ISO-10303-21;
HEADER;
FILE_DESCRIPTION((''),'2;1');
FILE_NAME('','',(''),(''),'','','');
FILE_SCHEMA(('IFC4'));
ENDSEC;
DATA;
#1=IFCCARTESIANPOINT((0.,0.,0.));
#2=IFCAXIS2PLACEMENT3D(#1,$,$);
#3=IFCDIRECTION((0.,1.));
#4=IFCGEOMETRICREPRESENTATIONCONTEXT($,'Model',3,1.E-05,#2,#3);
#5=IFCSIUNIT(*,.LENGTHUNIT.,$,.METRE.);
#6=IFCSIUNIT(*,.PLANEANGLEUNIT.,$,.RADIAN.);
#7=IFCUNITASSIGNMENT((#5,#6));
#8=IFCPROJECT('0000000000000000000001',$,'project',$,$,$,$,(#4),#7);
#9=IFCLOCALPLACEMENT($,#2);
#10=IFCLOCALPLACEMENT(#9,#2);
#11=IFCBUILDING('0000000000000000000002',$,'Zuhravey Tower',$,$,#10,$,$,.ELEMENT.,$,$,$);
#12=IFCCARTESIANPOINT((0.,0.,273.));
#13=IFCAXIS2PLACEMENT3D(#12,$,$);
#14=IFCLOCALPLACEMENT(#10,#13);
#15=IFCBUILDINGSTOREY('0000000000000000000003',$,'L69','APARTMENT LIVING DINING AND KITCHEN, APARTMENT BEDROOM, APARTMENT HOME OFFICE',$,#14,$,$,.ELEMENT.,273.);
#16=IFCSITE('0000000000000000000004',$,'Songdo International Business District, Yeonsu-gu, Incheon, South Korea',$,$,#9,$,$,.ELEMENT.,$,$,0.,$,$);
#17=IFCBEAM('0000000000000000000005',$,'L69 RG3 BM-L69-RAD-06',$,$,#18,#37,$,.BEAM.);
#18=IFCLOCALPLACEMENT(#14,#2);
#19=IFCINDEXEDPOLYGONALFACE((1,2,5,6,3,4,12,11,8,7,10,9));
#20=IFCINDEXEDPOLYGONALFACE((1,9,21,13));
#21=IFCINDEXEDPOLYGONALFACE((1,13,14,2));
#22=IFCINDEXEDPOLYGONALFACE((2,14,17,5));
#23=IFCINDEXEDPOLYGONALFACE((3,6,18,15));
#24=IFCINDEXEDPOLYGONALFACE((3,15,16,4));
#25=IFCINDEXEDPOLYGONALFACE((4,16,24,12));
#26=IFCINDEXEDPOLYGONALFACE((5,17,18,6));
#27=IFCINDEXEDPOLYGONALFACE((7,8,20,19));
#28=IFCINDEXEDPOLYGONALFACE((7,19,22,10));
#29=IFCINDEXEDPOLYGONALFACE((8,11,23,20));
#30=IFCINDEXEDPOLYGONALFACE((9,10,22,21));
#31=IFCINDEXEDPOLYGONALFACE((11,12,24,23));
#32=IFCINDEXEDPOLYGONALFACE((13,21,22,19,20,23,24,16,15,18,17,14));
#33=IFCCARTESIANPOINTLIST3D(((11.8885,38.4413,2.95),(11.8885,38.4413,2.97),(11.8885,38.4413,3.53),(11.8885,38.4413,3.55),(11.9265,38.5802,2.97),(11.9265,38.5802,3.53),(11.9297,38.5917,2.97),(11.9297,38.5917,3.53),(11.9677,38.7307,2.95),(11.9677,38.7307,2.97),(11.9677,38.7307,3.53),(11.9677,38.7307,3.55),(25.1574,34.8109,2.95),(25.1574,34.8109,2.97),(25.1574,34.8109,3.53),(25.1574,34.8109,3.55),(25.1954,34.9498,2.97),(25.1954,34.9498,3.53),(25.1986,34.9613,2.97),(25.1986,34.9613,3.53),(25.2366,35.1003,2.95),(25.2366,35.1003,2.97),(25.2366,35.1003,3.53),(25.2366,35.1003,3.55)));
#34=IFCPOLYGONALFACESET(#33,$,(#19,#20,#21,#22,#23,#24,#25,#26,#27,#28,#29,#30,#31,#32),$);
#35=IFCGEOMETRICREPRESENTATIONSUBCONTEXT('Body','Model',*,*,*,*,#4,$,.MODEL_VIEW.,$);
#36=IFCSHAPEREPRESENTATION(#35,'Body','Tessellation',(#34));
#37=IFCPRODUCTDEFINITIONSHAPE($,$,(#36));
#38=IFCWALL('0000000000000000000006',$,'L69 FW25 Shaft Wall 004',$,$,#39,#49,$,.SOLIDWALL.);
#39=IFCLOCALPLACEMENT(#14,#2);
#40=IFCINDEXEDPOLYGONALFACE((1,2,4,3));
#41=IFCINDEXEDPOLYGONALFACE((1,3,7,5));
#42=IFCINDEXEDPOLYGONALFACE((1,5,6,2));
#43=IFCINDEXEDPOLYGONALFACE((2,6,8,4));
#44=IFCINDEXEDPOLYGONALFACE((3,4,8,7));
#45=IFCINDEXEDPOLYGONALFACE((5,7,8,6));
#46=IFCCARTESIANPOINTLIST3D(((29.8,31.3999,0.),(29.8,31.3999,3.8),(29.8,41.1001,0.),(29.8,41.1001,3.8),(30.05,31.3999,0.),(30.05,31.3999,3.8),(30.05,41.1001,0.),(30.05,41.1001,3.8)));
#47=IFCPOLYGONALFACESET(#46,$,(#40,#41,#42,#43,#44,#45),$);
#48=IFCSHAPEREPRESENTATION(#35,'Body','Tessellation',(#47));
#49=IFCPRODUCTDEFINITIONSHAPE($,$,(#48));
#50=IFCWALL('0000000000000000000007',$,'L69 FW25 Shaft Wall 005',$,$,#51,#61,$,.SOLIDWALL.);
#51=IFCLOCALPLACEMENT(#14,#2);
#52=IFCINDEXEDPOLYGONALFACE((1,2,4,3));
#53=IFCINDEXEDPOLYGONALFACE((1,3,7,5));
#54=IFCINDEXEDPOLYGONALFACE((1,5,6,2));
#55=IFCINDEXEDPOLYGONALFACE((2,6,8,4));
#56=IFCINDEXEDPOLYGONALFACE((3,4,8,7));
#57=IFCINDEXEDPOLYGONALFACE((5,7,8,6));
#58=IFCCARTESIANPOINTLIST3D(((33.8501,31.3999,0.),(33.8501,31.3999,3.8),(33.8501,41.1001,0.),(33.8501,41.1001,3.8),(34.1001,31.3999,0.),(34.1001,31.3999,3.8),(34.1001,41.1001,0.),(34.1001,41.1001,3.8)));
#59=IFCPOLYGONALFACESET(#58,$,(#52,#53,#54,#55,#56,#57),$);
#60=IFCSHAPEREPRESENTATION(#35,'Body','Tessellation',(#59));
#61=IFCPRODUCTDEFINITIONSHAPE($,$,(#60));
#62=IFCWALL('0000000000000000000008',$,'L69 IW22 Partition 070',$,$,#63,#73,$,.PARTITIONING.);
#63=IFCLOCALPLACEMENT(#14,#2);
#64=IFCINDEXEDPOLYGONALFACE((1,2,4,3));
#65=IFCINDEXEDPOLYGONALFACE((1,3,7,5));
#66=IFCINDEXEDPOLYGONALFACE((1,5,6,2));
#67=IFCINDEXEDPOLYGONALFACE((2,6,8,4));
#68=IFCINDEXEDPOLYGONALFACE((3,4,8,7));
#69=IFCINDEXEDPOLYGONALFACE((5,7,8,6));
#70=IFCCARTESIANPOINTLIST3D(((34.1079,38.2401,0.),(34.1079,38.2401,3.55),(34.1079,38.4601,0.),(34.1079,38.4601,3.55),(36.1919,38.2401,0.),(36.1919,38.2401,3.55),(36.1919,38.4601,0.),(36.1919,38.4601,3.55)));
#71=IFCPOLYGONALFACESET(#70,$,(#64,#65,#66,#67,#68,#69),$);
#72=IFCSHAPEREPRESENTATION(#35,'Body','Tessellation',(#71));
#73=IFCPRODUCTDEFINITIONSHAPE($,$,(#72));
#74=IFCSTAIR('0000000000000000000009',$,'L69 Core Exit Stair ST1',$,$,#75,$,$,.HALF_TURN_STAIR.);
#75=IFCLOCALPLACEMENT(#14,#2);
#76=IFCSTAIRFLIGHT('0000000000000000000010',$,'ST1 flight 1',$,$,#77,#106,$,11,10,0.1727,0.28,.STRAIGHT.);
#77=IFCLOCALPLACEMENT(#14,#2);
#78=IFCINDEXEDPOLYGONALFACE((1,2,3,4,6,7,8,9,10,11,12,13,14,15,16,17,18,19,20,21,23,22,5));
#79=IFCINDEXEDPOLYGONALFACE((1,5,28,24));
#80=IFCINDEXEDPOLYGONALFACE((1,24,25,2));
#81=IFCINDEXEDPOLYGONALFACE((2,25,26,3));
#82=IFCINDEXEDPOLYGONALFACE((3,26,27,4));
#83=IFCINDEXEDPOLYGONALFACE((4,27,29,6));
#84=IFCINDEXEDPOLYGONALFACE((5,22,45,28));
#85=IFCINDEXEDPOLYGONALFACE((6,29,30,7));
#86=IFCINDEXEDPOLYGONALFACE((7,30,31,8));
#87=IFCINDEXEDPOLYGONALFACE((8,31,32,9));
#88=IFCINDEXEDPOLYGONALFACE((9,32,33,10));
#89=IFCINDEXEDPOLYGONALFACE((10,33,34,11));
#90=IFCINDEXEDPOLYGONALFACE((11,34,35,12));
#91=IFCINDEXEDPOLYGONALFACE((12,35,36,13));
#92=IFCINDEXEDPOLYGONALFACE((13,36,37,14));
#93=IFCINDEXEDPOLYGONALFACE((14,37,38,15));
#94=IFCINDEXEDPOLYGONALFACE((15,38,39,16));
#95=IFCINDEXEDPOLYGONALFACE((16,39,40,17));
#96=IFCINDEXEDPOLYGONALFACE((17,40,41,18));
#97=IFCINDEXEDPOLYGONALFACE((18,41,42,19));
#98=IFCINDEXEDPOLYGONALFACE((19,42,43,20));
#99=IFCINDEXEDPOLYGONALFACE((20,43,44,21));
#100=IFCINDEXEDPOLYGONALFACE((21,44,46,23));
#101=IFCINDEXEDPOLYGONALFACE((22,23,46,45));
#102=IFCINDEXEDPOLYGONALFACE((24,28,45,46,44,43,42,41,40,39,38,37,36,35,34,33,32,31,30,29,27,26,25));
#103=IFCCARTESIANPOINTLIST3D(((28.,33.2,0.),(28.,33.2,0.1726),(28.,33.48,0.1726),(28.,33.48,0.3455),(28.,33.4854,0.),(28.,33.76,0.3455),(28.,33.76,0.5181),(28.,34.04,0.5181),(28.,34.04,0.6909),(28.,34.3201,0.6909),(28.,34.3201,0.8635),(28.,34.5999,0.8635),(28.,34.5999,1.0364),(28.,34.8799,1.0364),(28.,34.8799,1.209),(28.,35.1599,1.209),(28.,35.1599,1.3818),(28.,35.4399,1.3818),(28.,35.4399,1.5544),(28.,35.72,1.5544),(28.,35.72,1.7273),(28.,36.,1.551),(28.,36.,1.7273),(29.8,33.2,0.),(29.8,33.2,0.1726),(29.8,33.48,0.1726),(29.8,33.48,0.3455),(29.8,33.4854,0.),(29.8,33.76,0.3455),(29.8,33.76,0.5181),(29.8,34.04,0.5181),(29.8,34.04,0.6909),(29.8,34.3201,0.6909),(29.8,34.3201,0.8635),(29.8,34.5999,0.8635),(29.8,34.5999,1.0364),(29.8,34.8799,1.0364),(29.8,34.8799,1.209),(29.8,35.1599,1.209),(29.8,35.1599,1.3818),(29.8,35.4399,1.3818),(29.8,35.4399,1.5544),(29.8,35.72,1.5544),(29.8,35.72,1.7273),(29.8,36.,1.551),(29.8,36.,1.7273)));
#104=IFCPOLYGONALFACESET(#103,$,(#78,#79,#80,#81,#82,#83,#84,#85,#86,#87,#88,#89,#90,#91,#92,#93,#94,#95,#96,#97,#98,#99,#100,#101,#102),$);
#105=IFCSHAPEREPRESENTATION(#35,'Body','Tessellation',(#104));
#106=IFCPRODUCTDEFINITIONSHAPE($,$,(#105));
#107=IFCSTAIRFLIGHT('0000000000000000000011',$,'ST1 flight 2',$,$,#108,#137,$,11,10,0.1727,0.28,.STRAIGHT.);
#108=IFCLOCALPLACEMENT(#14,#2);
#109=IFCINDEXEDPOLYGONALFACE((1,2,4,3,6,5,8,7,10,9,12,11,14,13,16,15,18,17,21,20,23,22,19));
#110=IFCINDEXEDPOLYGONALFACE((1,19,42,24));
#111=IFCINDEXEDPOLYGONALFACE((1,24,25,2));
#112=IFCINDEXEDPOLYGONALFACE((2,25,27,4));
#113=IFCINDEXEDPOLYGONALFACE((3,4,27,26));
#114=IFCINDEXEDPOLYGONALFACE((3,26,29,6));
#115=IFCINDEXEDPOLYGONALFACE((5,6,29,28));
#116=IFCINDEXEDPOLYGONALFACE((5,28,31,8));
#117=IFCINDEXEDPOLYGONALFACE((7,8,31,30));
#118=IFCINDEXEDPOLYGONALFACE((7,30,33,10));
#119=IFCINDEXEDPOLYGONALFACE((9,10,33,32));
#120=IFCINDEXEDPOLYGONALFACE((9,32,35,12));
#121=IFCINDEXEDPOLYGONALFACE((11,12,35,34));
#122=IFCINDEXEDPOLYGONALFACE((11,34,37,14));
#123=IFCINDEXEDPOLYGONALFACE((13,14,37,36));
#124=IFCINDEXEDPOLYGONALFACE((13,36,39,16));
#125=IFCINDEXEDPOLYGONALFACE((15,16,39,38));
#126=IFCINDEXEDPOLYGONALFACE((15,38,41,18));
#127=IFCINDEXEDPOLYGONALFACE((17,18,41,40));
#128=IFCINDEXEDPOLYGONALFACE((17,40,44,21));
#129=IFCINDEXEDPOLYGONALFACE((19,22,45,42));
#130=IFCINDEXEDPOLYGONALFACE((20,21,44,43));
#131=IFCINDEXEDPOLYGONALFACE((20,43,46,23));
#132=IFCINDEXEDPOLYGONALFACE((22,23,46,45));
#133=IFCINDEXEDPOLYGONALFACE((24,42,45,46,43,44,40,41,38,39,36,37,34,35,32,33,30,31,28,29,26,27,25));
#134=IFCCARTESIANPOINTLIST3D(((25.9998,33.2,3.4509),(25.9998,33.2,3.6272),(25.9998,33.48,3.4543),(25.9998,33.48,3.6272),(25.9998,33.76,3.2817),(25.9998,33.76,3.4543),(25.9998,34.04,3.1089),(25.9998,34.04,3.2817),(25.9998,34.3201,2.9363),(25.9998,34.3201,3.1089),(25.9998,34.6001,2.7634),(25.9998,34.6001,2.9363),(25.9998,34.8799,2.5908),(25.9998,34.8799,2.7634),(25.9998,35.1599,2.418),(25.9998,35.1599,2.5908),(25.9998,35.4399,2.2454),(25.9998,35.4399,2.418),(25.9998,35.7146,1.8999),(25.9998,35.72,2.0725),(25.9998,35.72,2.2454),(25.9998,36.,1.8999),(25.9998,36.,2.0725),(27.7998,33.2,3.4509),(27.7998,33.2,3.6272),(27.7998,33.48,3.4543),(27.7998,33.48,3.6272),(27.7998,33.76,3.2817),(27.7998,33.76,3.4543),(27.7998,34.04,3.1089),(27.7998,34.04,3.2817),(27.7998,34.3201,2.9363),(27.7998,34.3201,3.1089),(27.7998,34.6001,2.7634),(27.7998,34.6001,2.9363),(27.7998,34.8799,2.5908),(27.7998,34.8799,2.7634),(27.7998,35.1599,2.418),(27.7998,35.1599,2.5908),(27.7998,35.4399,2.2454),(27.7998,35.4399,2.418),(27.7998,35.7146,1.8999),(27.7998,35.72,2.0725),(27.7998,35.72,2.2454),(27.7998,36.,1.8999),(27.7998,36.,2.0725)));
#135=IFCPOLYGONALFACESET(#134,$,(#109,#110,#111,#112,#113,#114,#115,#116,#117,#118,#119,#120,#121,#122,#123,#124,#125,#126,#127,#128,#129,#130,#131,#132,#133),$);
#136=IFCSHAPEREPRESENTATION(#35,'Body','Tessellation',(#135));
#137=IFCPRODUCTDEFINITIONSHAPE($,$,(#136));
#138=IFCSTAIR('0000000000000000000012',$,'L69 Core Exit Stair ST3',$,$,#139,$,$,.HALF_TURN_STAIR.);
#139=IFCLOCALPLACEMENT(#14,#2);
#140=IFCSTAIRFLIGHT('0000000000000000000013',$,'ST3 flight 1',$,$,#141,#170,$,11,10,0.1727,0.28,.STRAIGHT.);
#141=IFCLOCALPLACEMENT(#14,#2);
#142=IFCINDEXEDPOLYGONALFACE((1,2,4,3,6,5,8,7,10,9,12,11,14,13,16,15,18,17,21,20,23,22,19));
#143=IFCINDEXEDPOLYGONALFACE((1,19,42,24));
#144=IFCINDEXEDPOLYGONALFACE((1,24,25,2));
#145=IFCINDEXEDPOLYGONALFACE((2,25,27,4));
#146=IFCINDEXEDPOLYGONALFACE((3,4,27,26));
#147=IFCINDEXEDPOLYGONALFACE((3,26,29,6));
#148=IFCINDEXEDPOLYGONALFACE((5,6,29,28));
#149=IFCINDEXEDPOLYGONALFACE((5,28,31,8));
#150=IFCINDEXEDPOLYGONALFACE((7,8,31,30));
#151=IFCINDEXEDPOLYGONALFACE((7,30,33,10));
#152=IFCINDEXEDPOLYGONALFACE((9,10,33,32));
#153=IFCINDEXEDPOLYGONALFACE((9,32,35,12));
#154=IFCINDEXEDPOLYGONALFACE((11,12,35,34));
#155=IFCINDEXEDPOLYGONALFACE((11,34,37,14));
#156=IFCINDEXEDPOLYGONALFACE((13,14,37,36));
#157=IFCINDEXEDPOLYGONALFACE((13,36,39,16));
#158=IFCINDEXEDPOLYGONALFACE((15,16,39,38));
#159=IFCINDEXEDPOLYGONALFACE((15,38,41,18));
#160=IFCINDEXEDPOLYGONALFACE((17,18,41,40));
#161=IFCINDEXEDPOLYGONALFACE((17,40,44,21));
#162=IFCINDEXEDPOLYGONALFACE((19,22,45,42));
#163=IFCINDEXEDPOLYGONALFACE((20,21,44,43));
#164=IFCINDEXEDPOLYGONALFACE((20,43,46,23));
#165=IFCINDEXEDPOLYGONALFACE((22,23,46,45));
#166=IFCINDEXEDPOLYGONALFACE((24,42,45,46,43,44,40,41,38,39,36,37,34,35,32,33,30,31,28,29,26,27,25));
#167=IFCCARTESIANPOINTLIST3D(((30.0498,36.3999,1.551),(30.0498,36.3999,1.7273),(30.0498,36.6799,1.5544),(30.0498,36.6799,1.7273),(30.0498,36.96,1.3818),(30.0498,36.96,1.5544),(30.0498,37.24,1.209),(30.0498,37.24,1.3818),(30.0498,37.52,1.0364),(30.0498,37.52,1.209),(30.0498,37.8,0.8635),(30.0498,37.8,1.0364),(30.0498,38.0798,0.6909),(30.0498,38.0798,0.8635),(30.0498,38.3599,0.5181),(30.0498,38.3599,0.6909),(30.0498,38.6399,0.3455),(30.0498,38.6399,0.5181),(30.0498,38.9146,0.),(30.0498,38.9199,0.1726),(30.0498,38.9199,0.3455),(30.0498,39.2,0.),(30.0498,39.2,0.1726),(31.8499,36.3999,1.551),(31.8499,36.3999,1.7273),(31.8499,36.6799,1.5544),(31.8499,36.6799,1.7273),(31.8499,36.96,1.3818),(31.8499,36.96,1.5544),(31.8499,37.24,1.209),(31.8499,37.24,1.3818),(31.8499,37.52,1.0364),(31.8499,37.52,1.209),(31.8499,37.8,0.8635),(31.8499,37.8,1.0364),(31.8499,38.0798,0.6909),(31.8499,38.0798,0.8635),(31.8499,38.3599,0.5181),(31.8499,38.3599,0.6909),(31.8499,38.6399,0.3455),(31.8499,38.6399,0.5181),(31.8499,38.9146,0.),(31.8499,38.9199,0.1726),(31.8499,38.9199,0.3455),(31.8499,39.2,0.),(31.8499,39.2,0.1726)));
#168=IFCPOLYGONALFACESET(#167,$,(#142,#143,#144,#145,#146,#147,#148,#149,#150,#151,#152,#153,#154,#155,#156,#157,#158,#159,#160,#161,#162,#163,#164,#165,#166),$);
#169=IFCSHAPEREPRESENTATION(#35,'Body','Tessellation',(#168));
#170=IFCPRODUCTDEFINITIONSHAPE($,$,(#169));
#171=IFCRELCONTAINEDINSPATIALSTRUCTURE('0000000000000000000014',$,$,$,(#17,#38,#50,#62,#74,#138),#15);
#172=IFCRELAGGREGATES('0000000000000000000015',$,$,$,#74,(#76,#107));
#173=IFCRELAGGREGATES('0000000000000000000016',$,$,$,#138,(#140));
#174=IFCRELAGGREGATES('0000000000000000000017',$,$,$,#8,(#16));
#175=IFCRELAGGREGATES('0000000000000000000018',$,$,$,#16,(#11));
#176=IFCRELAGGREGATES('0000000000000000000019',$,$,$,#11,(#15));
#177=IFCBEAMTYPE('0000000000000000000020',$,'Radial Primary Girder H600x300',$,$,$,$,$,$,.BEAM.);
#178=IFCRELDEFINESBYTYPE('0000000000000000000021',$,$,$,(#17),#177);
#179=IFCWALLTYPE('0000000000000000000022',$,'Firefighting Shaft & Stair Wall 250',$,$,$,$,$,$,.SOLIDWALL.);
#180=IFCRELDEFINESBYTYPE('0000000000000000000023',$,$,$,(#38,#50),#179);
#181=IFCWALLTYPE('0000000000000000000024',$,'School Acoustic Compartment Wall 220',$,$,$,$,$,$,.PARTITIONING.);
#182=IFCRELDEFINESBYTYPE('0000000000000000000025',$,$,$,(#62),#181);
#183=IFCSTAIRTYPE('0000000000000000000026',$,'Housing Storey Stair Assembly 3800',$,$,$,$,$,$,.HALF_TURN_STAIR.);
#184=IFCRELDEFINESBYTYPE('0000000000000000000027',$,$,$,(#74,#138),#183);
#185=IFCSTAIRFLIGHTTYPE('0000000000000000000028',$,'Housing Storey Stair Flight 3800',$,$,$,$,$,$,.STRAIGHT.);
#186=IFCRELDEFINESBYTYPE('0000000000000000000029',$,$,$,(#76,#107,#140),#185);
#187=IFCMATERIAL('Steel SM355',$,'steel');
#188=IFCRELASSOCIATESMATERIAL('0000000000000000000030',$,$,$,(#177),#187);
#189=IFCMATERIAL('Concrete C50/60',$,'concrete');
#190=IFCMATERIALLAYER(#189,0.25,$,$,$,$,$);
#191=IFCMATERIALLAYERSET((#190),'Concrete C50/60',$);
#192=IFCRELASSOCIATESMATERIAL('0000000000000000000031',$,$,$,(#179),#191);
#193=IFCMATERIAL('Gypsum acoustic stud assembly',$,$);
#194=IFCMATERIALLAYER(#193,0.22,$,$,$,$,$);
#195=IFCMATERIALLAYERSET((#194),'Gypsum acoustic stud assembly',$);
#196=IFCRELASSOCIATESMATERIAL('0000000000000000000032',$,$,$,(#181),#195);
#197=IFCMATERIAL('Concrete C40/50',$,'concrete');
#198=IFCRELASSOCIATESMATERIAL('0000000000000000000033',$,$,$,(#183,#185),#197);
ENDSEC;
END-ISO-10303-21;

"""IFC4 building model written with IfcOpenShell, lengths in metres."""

from ifc_helpers import new_model, si_unit, direction, frame, frame_2d, origin, origin_2d, place, context, subcontext, project, spatial, polyline, rectangle, i_section, outline, extrude, material, layer, layer_set, material_profile, profile_set, type_object, element, aggregate, save


model = new_model("IFC4")

# Units and contexts
model_context = context("Model", 3, precision=1e-05, world=origin(), true_north=direction((0.0, 1.0)))
body_context = subcontext(model_context, "Body", "Model", "MODEL_VIEW")
ifc_project = project(units=[si_unit("LENGTHUNIT", "METRE"), si_unit("PLANEANGLEUNIT", "RADIAN")], contexts=[model_context])

# Site, building, storey
site_placement = place(None, origin())
site = spatial("IfcSite", under=ifc_project, at=site_placement, Name="Songdo International Business District, Yeonsu-gu, Incheon, South Korea", CompositionType="ELEMENT", RefElevation=0.0)
building_placement = place(site_placement, origin())
building = spatial("IfcBuilding", under=site, at=building_placement, Name="Zuhravey Tower", CompositionType="ELEMENT")
storey_placement = place(building_placement, frame((0.0, 0.0, 273.0)))
storey = spatial("IfcBuildingStorey", under=building, at=storey_placement, Name="L69", Description="APARTMENT LIVING DINING AND KITCHEN, APARTMENT BEDROOM, APARTMENT HOME OFFICE", CompositionType="ELEMENT", Elevation=273.0)

# Beam
ifc_material_1 = material(Name="Steel SM355", Category="steel")
ifc_material_profile = material_profile(ifc_material_1, i_section(OverallWidth=0.3, OverallDepth=0.6001, WebThickness=0.012, FlangeThickness=0.02, at=origin_2d()), Name="H-600x300x12x20")
ifc_profile_set = profile_set([ifc_material_profile], Name="Steel SM355")
beam_type = type_object("IfcBeamType", Name="Radial Primary Girder H600x300", PredefinedType="BEAM", material=ifc_profile_set)
beam_placement = place(storey_placement, frame((25.197, 34.9556, 3.25), z_axis=(-0.964549, 0.263903, 0.0), x_axis=(-0.263903, -0.964549, 0.0)))
element("IfcBeam", 1, at=beam_placement, inside=storey, type_object=beam_type, Name="L69 RG3 BM-L69-RAD-06", PredefinedType="BEAM", context=body_context, shape_type="SweptSolid", body=[
    extrude(i_section(OverallWidth=0.3, OverallDepth=0.6001, WebThickness=0.012, FlangeThickness=0.02, at=origin_2d()), origin(), (0.0, 0.0, 1.0), 13.7566),
])

# Shared definitions
ifc_material_2 = material(Name="Concrete C50/60", Category="concrete")
ifc_layer_1 = layer(ifc_material_2, 0.25)
ifc_layer_set_1 = layer_set([ifc_layer_1], Name="Concrete C50/60")
wall_type_1 = type_object("IfcWallType", Name="Firefighting Shaft & Stair Wall 250", PredefinedType="SOLIDWALL", material=ifc_layer_set_1)

# Walls
for number, where, z_axis, x_axis, name in (
    (2, (29.925, 31.3999, 0.0), (0.0, 0.0, 1.0), (0.0, 1.0, 0.0), "L69 FW25 Shaft Wall 004"),
    (3, (33.9751, 31.3999, 0.0), (0.0, 0.0, 1.0), (0.0, 1.0, 0.0), "L69 FW25 Shaft Wall 005"),
):
    element("IfcWall", number, at=place(storey_placement, frame(where, z_axis=z_axis, x_axis=x_axis)), inside=storey, type_object=wall_type_1, Name=name, PredefinedType="SOLIDWALL", context=body_context, shape_type="SweptSolid", body=[
        extrude(rectangle(XDim=9.7002, YDim=0.25, at=frame_2d((4.8501, 0.0))), origin(), (0.0, 0.0, 1.0), 3.8),
    ])
ifc_material_3 = material(Name="Gypsum acoustic stud assembly")
ifc_layer_2 = layer(ifc_material_3, 0.22)
ifc_layer_set_2 = layer_set([ifc_layer_2], Name="Gypsum acoustic stud assembly")
wall_type_2 = type_object("IfcWallType", Name="School Acoustic Compartment Wall 220", PredefinedType="PARTITIONING", material=ifc_layer_set_2)
wall_1_placement = place(storey_placement, frame((34.1079, 38.3501, 0.0), z_axis=(0.0, 0.0, 1.0), x_axis=(1.0, 0.0, 0.0)))
element("IfcWall", 4, at=wall_1_placement, inside=storey, type_object=wall_type_2, Name="L69 IW22 Partition 070", PredefinedType="PARTITIONING", context=body_context, shape_type="SweptSolid", body=[
    extrude(rectangle(XDim=2.084, YDim=0.22, at=frame_2d((1.042, 0.0))), origin(), (0.0, 0.0, 1.0), 3.55),
])

# Stairs, stair flights
ifc_material_4 = material(Name="Concrete C40/50", Category="concrete")
stair_type = type_object("IfcStairType", Name="Housing Storey Stair Assembly 3800", PredefinedType="HALF_TURN_STAIR", material=ifc_material_4)
stair_1_placement = place(storey_placement, origin())
stair_1 = element("IfcStair", 5, at=stair_1_placement, inside=storey, type_object=stair_type, Name="L69 Core Exit Stair ST1", PredefinedType="HALF_TURN_STAIR")
stair_flight_type = type_object("IfcStairFlightType", Name="Housing Storey Stair Flight 3800", PredefinedType="STRAIGHT", material=ifc_material_4)
stair_flight_1_placement = place(storey_placement, frame((28.8999, 33.2, 0.0), z_axis=(0.0, 0.0, 1.0), x_axis=(0.0, 1.0, 0.0)))
stair_flight_1 = element("IfcStairFlight", 6, at=stair_flight_1_placement, type_object=stair_flight_type, Name="ST1 flight 1", NumberOfRisers=11, NumberOfTreads=10, PredefinedType="STRAIGHT", RiserHeight=0.1727, TreadLength=0.28, context=body_context, shape_type="SweptSolid", body=[
    extrude(outline(polyline([(0.0, 0.0), (0.0, 0.1726), (0.28, 0.1726), (0.28, 0.3455), (0.5601, 0.3455), (0.5601, 0.5181), (0.8401, 0.5181), (0.8401, 0.6909), (1.1201, 0.6909), (1.1201, 0.8635), (1.3999, 0.8635), (1.3999, 1.0364), (1.6799, 1.0364), (1.6799, 1.209), (1.96, 1.209), (1.96, 1.3818), (2.24, 1.3818), (2.24, 1.5544), (2.52, 1.5544), (2.52, 1.7273), (2.8, 1.7273), (2.8, 1.8999), (2.8, 1.551), (0.2854, 0.0), (0.0, 0.0)])), frame((0.0, 0.8999, 0.0), z_axis=(0.0, -1.0, 0.0), x_axis=(1.0, 0.0, 0.0)), (0.0, 0.0, 1.0), 1.8),
])
stair_flight_2_placement = place(storey_placement, frame((26.8999, 36.0, 1.8999), z_axis=(0.0, 0.0, 1.0), x_axis=(0.0, -1.0, 0.0)))
stair_flight_2 = element("IfcStairFlight", 7, at=stair_flight_2_placement, type_object=stair_flight_type, Name="ST1 flight 2", NumberOfRisers=11, NumberOfTreads=10, PredefinedType="STRAIGHT", RiserHeight=0.1727, TreadLength=0.28, context=body_context, shape_type="SweptSolid", body=[
    extrude(outline(polyline([(0.0, 0.0), (0.0, 0.1726), (0.28, 0.1726), (0.28, 0.3455), (0.5601, 0.3455), (0.5601, 0.5181), (0.8401, 0.5181), (0.8401, 0.6909), (1.1201, 0.6909), (1.1201, 0.8635), (1.3999, 0.8635), (1.3999, 1.0364), (1.6799, 1.0364), (1.6799, 1.209), (1.96, 1.209), (1.96, 1.3818), (2.24, 1.3818), (2.24, 1.5544), (2.52, 1.5544), (2.52, 1.7273), (2.8, 1.7273), (2.8, 1.8999), (2.8, 1.551), (0.2854, 0.0), (0.0, 0.0)])), frame((0.0, 0.8999, 0.0), z_axis=(0.0, -1.0, 0.0), x_axis=(1.0, 0.0, 0.0)), (0.0, 0.0, 1.0), 1.8),
])
aggregate(stair_1, [stair_flight_1, stair_flight_2])
stair_2_placement = place(storey_placement, origin())
stair_2 = element("IfcStair", 8, at=stair_2_placement, inside=storey, type_object=stair_type, Name="L69 Core Exit Stair ST3", PredefinedType="HALF_TURN_STAIR")
stair_flight_3_placement = place(storey_placement, frame((30.95, 39.2, 0.0), z_axis=(0.0, 0.0, 1.0), x_axis=(0.0, -1.0, 0.0)))
stair_flight_3 = element("IfcStairFlight", 9, at=stair_flight_3_placement, type_object=stair_flight_type, Name="ST3 flight 1", NumberOfRisers=11, NumberOfTreads=10, PredefinedType="STRAIGHT", RiserHeight=0.1727, TreadLength=0.28, context=body_context, shape_type="SweptSolid", body=[
    extrude(outline(polyline([(0.0, 0.0), (0.0, 0.1726), (0.28, 0.1726), (0.28, 0.3455), (0.5601, 0.3455), (0.5601, 0.5181), (0.8401, 0.5181), (0.8401, 0.6909), (1.1201, 0.6909), (1.1201, 0.8635), (1.3999, 0.8635), (1.3999, 1.0364), (1.6799, 1.0364), (1.6799, 1.209), (1.96, 1.209), (1.96, 1.3818), (2.24, 1.3818), (2.24, 1.5544), (2.52, 1.5544), (2.52, 1.7273), (2.8, 1.7273), (2.8, 1.8999), (2.8, 1.551), (0.2854, 0.0), (0.0, 0.0)])), frame((0.0, 0.8999, 0.0), z_axis=(0.0, -1.0, 0.0), x_axis=(1.0, 0.0, 0.0)), (0.0, 0.0, 1.0), 1.8),
])
aggregate(stair_2, [stair_flight_3])

save(model, "model.ifc")
